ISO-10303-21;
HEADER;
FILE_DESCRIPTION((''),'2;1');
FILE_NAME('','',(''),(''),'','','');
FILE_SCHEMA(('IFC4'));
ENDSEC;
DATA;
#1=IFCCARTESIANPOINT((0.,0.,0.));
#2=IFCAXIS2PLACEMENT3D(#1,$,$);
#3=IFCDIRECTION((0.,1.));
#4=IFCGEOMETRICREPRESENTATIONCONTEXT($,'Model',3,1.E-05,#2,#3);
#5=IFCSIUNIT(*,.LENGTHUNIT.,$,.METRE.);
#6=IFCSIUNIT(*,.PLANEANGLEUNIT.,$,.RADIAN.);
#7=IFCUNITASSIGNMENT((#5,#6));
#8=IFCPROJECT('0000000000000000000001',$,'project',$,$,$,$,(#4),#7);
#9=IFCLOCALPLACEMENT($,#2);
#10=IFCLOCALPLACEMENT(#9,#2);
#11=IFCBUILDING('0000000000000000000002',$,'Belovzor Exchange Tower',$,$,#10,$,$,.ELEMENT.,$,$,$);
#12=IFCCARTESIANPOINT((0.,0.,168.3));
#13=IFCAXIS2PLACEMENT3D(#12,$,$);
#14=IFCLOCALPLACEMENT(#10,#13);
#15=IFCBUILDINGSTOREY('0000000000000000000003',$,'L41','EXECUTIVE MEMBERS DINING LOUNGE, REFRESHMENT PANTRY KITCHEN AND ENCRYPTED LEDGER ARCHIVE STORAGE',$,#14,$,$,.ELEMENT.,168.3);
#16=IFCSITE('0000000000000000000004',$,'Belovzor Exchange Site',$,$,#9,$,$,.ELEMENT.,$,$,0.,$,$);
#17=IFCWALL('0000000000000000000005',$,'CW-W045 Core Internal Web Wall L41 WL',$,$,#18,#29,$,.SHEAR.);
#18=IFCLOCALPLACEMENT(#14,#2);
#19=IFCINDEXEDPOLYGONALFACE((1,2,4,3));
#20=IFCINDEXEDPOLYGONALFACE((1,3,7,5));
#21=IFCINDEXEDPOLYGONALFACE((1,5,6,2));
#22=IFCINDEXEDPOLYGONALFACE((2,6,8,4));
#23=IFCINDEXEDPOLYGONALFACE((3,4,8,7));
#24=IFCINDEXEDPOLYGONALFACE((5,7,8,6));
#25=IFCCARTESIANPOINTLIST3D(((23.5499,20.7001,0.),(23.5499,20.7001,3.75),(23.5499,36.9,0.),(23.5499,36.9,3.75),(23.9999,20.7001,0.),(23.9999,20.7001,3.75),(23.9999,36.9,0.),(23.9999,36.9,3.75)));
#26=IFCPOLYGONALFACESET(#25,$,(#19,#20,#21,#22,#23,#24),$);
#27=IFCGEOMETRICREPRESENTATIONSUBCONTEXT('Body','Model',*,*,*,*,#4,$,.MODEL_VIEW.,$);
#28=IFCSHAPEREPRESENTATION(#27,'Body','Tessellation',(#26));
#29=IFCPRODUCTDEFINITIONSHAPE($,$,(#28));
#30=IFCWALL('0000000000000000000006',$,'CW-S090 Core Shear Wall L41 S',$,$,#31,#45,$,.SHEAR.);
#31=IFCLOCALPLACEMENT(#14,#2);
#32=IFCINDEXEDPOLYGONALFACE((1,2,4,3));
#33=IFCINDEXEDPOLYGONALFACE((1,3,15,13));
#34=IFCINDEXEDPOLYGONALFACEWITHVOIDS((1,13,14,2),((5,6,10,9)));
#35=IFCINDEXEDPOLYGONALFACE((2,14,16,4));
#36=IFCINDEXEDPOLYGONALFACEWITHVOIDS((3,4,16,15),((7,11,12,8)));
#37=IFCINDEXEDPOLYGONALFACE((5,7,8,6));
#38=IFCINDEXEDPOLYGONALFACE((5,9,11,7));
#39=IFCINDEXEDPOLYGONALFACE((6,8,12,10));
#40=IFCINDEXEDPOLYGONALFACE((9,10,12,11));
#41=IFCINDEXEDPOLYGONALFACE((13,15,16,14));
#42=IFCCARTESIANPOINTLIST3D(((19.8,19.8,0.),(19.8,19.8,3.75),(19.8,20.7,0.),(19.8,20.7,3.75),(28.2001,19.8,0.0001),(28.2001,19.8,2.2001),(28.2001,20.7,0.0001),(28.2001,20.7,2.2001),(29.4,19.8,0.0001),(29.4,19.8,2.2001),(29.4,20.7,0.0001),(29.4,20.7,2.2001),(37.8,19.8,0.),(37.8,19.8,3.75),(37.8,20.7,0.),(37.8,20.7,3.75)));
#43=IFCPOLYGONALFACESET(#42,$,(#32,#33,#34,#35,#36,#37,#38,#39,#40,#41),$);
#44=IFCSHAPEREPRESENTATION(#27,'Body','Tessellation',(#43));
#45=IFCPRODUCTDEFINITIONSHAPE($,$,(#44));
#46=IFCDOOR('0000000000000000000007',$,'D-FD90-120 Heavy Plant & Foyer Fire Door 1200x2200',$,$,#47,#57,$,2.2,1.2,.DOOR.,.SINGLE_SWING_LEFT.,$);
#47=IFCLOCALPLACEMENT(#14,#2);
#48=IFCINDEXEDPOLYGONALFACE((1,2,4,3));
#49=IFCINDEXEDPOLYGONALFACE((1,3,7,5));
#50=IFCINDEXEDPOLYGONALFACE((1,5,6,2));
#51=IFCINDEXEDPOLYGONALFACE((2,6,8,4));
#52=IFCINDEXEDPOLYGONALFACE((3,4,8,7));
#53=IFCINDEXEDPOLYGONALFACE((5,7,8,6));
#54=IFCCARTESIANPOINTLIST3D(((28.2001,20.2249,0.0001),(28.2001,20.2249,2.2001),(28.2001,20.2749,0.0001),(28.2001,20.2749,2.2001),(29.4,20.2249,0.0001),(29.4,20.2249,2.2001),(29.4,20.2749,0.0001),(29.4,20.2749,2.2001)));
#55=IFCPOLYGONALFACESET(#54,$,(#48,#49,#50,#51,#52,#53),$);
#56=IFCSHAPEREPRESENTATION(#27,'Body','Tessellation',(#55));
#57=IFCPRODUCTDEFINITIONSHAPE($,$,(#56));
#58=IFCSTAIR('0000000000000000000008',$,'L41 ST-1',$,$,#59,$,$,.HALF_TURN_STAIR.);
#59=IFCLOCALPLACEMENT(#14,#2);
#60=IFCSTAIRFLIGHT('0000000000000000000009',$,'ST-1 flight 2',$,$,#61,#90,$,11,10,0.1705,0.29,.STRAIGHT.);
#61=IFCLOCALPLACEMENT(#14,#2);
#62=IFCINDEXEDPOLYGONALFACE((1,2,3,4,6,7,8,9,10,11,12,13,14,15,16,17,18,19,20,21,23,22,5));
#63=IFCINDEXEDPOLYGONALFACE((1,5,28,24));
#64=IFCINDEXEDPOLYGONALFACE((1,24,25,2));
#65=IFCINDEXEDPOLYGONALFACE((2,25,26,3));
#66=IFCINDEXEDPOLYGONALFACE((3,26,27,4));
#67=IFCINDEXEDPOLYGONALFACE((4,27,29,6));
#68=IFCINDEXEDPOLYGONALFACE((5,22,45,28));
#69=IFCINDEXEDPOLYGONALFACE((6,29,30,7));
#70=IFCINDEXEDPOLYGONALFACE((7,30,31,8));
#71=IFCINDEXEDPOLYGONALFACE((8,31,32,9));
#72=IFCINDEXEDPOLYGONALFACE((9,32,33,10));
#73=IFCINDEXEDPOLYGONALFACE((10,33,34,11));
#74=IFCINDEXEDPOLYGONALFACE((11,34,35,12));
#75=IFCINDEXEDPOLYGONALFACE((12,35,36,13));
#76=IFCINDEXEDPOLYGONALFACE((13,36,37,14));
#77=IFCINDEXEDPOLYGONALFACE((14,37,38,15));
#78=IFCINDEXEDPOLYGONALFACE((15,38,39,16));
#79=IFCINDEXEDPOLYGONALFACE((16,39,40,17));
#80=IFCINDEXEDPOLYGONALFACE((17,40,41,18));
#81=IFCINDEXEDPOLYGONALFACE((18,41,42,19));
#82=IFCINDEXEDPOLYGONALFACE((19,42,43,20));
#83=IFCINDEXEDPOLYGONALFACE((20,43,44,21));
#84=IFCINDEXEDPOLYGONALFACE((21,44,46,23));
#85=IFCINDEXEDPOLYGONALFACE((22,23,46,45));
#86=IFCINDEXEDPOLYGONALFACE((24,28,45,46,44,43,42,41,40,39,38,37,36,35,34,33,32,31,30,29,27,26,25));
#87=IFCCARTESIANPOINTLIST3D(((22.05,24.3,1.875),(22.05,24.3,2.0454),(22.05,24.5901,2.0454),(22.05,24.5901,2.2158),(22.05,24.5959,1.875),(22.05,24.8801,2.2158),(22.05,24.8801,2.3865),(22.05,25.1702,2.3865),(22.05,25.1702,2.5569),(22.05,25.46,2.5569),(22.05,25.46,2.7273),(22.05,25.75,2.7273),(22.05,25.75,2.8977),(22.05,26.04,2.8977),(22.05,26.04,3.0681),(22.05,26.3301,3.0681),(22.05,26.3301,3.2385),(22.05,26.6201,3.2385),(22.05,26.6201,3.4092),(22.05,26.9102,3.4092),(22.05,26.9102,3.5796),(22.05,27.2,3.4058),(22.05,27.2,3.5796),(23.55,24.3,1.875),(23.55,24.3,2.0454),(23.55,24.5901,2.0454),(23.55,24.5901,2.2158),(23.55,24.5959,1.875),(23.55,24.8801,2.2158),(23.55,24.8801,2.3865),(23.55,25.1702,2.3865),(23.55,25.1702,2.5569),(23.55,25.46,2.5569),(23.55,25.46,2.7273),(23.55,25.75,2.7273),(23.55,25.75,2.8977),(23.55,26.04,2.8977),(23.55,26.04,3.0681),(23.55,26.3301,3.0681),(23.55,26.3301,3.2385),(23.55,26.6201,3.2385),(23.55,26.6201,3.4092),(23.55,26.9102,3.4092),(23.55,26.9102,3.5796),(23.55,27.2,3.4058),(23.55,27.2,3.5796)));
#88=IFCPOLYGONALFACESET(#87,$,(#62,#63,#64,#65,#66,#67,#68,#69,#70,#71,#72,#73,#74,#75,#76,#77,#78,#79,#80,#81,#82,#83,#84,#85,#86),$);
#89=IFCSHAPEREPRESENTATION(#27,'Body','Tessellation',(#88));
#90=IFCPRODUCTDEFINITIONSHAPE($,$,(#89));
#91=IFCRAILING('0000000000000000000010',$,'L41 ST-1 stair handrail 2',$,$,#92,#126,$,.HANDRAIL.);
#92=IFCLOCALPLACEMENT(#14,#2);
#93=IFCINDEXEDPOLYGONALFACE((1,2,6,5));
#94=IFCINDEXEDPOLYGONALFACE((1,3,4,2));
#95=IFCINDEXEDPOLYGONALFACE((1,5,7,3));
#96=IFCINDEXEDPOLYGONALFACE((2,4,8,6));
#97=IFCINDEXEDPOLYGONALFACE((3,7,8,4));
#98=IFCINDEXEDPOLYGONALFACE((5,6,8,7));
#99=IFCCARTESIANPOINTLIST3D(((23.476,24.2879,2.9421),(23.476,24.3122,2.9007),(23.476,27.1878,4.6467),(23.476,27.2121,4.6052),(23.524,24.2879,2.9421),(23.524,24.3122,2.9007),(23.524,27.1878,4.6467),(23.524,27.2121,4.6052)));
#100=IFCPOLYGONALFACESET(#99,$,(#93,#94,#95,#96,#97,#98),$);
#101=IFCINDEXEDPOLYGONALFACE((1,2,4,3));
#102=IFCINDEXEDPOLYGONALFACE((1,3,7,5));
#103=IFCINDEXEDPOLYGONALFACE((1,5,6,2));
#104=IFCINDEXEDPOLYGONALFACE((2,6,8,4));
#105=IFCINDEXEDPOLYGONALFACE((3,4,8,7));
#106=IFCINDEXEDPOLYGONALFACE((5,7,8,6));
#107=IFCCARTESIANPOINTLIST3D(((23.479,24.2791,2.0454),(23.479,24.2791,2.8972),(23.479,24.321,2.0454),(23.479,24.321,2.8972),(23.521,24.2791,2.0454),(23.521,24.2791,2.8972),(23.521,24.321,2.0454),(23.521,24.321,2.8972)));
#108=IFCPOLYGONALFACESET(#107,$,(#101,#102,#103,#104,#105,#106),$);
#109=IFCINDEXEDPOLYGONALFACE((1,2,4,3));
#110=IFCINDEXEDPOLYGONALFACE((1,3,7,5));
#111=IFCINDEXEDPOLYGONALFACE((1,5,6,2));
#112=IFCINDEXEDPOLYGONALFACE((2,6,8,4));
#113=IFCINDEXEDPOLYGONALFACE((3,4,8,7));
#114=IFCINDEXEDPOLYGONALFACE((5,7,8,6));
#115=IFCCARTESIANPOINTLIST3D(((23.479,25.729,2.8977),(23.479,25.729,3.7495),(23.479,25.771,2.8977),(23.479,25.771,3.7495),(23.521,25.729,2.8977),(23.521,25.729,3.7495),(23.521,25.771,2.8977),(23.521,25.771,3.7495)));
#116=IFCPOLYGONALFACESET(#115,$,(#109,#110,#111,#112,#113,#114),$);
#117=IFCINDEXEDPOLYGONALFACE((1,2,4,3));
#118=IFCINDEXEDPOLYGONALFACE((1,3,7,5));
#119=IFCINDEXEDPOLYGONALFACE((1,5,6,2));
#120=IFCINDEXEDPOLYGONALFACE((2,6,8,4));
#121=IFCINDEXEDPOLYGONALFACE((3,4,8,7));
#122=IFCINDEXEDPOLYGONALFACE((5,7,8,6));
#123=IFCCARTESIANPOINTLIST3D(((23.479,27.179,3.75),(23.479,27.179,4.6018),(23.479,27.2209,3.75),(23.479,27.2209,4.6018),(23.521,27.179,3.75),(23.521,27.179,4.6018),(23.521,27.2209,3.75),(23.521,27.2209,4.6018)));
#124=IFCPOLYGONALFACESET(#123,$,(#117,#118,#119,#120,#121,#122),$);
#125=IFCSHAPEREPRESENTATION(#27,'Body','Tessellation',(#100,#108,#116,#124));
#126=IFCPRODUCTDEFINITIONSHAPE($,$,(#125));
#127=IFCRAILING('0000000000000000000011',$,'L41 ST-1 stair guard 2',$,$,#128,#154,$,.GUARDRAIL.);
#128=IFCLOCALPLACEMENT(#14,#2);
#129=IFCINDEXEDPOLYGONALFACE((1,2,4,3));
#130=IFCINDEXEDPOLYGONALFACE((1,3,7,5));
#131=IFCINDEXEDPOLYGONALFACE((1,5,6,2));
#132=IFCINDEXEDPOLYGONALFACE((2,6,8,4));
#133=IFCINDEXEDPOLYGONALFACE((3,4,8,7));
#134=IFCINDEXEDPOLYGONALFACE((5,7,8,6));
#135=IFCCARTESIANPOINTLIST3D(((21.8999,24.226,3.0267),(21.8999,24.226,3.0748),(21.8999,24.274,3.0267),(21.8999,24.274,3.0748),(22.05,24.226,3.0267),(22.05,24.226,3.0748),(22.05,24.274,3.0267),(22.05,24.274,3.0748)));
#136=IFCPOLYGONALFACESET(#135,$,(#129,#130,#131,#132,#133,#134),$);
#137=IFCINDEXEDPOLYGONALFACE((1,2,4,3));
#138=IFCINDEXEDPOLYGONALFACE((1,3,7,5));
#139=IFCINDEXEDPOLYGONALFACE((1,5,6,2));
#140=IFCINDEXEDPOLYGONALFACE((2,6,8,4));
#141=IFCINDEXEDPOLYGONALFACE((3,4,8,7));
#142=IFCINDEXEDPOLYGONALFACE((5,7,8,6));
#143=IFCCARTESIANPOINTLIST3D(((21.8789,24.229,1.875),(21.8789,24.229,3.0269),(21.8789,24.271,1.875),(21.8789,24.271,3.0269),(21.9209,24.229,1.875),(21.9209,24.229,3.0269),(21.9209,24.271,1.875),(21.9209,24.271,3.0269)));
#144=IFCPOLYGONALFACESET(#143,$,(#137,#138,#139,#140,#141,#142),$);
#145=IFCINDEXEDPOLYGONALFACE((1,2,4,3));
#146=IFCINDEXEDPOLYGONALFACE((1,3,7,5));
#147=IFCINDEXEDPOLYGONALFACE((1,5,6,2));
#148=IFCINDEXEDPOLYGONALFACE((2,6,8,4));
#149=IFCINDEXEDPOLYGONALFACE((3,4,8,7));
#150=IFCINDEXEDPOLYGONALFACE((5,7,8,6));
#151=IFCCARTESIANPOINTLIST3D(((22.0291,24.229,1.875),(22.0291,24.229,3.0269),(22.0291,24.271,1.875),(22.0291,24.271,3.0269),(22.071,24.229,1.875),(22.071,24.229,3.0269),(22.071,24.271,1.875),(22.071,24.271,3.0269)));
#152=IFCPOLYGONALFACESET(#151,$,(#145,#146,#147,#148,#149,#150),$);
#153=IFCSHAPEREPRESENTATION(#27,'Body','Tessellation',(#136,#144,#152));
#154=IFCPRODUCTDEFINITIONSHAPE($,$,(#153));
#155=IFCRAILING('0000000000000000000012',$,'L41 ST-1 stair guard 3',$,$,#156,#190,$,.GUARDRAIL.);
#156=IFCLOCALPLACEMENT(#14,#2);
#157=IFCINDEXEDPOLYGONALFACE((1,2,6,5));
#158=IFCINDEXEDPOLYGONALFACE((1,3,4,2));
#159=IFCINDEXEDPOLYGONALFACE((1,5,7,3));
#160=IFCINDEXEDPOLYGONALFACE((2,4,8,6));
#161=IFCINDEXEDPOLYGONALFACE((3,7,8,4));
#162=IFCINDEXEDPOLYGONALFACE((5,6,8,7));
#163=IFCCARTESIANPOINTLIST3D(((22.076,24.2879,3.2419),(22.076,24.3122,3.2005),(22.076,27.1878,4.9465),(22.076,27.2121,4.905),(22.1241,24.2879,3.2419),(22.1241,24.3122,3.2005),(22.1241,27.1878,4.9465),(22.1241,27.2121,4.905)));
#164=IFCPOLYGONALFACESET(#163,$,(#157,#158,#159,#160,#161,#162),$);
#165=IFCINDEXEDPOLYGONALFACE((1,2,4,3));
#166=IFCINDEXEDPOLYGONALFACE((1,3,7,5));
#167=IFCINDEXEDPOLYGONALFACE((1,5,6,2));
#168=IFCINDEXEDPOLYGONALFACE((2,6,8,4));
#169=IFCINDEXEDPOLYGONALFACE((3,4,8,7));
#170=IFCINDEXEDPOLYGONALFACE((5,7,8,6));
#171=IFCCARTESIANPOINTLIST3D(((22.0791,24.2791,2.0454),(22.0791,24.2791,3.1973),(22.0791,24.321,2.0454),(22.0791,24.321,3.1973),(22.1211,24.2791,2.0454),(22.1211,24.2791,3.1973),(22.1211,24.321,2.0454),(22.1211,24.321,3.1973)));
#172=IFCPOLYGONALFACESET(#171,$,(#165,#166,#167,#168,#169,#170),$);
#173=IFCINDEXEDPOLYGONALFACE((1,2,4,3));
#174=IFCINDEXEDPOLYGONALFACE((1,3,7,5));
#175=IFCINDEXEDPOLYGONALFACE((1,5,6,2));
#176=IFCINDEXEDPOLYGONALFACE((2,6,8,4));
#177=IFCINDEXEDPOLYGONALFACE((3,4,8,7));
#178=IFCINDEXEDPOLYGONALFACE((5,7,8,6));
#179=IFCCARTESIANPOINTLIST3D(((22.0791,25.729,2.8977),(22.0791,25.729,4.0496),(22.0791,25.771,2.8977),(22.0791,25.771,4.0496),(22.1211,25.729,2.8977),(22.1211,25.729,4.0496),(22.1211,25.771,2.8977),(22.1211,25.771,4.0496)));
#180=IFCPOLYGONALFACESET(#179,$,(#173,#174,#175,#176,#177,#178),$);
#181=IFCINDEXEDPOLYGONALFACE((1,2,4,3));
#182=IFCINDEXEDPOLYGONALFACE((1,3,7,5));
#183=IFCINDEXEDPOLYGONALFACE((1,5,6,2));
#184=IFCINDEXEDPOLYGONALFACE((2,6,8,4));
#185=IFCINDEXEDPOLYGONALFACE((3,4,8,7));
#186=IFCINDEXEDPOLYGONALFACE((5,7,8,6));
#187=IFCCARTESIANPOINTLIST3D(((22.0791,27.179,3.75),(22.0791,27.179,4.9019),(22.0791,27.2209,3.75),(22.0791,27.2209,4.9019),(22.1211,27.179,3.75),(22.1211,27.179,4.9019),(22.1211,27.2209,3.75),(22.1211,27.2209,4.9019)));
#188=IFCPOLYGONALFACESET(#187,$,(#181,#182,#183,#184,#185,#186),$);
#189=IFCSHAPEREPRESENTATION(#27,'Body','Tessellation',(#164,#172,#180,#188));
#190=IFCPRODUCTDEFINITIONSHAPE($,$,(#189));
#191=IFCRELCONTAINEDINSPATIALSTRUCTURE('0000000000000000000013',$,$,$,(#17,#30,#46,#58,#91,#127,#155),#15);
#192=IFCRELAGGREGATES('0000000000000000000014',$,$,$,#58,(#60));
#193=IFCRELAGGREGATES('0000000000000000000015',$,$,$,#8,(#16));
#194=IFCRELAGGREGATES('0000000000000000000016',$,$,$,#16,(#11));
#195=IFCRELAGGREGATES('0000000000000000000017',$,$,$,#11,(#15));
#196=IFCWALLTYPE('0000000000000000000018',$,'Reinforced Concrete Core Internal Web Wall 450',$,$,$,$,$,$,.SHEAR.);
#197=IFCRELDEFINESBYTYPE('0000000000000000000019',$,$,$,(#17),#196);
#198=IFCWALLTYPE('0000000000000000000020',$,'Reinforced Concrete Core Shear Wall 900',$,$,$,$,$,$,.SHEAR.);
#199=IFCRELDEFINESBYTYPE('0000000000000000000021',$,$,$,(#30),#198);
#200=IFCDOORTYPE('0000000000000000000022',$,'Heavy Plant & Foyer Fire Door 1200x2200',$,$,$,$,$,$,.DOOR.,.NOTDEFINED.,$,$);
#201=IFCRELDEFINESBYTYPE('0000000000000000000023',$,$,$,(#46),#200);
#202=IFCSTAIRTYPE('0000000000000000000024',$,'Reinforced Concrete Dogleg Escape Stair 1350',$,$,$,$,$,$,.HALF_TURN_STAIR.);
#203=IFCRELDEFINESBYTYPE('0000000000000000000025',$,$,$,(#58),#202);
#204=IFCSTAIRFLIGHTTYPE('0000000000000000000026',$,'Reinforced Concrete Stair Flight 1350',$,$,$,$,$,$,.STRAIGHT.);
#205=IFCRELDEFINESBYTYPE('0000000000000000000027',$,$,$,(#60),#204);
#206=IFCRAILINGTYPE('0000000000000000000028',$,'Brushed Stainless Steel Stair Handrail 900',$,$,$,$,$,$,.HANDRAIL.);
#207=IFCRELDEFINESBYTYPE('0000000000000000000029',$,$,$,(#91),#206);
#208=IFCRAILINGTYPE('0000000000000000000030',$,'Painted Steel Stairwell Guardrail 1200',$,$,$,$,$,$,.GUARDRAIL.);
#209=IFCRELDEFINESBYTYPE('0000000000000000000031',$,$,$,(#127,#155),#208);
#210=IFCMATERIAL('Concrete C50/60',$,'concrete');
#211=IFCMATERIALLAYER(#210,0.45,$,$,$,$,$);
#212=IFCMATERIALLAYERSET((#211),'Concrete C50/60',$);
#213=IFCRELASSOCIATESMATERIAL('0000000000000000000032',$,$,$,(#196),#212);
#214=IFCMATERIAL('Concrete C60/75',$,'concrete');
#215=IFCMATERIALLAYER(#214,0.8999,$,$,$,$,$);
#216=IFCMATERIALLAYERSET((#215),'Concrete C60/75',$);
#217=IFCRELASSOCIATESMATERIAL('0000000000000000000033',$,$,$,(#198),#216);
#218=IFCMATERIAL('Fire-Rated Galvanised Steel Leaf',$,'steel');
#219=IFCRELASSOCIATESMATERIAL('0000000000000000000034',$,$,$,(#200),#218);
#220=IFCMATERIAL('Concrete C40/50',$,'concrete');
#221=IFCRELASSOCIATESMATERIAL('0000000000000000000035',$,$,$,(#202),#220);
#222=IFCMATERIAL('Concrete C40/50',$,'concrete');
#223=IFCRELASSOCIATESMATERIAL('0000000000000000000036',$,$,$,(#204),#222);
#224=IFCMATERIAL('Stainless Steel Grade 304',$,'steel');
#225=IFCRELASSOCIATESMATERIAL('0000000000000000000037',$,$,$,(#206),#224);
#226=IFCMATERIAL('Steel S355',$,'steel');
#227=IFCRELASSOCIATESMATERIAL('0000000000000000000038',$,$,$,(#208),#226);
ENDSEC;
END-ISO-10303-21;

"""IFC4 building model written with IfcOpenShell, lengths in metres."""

from ifc_helpers import new_model, si_unit, direction, frame, frame_2d, origin, origin_2d, place, context, subcontext, project, spatial, polyline, rectangle, outline, extrude, material, layer, layer_set, type_object, element, fill, aggregate, save


model = new_model("IFC4")

# Units and contexts
model_context = context("Model", 3, precision=1e-05, world=origin(), true_north=direction((0.0, 1.0)))
body_context = subcontext(model_context, "Body", "Model", "MODEL_VIEW")
ifc_project = project(units=[si_unit("LENGTHUNIT", "METRE"), si_unit("PLANEANGLEUNIT", "RADIAN")], contexts=[model_context])

# Site, building, storey
site_placement = place(None, origin())
site = spatial("IfcSite", under=ifc_project, at=site_placement, Name="Belovzor Exchange Site", CompositionType="ELEMENT", RefElevation=0.0)
building_placement = place(site_placement, origin())
building = spatial("IfcBuilding", under=site, at=building_placement, Name="Belovzor Exchange Tower", CompositionType="ELEMENT")
storey_placement = place(building_placement, frame((0.0, 0.0, 168.3)))
storey = spatial("IfcBuildingStorey", under=building, at=storey_placement, Name="L41", Description="EXECUTIVE MEMBERS DINING LOUNGE, REFRESHMENT PANTRY KITCHEN AND ENCRYPTED LEDGER ARCHIVE STORAGE", CompositionType="ELEMENT", Elevation=168.3)

# Wall
ifc_material_1 = material(Name="Concrete C50/60", Category="concrete")
ifc_layer_1 = layer(ifc_material_1, 0.45)
ifc_layer_set_1 = layer_set([ifc_layer_1], Name="Concrete C50/60")
wall_type_1 = type_object("IfcWallType", Name="Reinforced Concrete Core Internal Web Wall 450", PredefinedType="SHEAR", material=ifc_layer_set_1)
wall_1_placement = place(storey_placement, frame((23.7749, 20.7, 0.0), z_axis=(0.0, 0.0, 1.0), x_axis=(0.0, 1.0, 0.0)))
element("IfcWall", 1, at=wall_1_placement, inside=storey, type_object=wall_type_1, Name="CW-W045 Core Internal Web Wall L41 WL", PredefinedType="SHEAR", context=body_context, shape_type="SweptSolid", body=[
    extrude(rectangle(XDim=16.2, YDim=0.45, at=frame_2d((8.1001, 0.0))), origin(), (0.0, 0.0, 1.0), 3.75),
])

# Wall, opening, door
ifc_material_2 = material(Name="Concrete C60/75", Category="concrete")
ifc_layer_2 = layer(ifc_material_2, 0.8999)
ifc_layer_set_2 = layer_set([ifc_layer_2], Name="Concrete C60/75")
wall_type_2 = type_object("IfcWallType", Name="Reinforced Concrete Core Shear Wall 900", PredefinedType="SHEAR", material=ifc_layer_set_2)
wall_2_placement = place(storey_placement, frame((19.8, 20.25, 0.0), z_axis=(0.0, 0.0, 1.0), x_axis=(1.0, 0.0, 0.0)))
wall_2 = element("IfcWall", 2, at=wall_2_placement, inside=storey, type_object=wall_type_2, Name="CW-S090 Core Shear Wall L41 S", PredefinedType="SHEAR", context=body_context, shape_type="SweptSolid", body=[
    extrude(rectangle(XDim=18.0, YDim=0.8999, at=frame_2d((9.0, 0.0))), origin(), (0.0, 0.0, 1.0), 3.75),
])
opening_1_placement = place(wall_2_placement, frame((8.3999, 0.0, 0.0)))
opening_1 = element("IfcOpeningElement", 3, at=opening_1_placement, cuts=wall_2, PredefinedType="OPENING", context=body_context, shape_type="SweptSolid", body=[
    extrude(rectangle(XDim=1.2, YDim=2.2, at=frame_2d((0.6001, 1.1001))), frame((0.0, 0.46, 0.0), z_axis=(0.0, -1.0, 0.0), x_axis=(1.0, 0.0, 0.0)), (0.0, 0.0, 1.0), 0.9199),
])
ifc_material_3 = material(Name="Fire-Rated Galvanised Steel Leaf", Category="steel")
door_type_1 = type_object("IfcDoorType", Name="Heavy Plant & Foyer Fire Door 1200x2200", OperationType="NOTDEFINED", PredefinedType="DOOR", material=ifc_material_3)
door_1_placement = place(opening_1_placement, origin())
door_1 = element("IfcDoor", 4, at=door_1_placement, inside=storey, type_object=door_type_1, Name="D-FD90-120 Heavy Plant & Foyer Fire Door 1200x2200", OperationType="SINGLE_SWING_LEFT", OverallHeight=2.2, OverallWidth=1.2, PredefinedType="DOOR", context=body_context, shape_type="SweptSolid", body=[
    extrude(rectangle(XDim=1.2, YDim=2.2, at=frame_2d((0.6001, 1.1001))), frame((0.0, 0.0249, 0.0), z_axis=(0.0, -1.0, 0.0), x_axis=(1.0, 0.0, 0.0)), (0.0, 0.0, 1.0), 0.05),
])
fill(opening_1, door_1)

# Stair, stair flight
ifc_material_4 = material(Name="Concrete C40/50", Category="concrete")
stair_type = type_object("IfcStairType", Name="Reinforced Concrete Dogleg Escape Stair 1350", PredefinedType="HALF_TURN_STAIR", material=ifc_material_4)
stair_placement = place(storey_placement, origin())
stair = element("IfcStair", 5, at=stair_placement, inside=storey, type_object=stair_type, Name="L41 ST-1", PredefinedType="HALF_TURN_STAIR")
ifc_material_5 = material(Name="Concrete C40/50", Category="concrete")
stair_flight_type = type_object("IfcStairFlightType", Name="Reinforced Concrete Stair Flight 1350", PredefinedType="STRAIGHT", material=ifc_material_5)
stair_flight_placement = place(storey_placement, frame((22.8, 24.3, 1.875), z_axis=(0.0, 0.0, 1.0), x_axis=(0.0, 1.0, 0.0)))
stair_flight = element("IfcStairFlight", 6, at=stair_flight_placement, type_object=stair_flight_type, Name="ST-1 flight 2", NumberOfRisers=11, NumberOfTreads=10, PredefinedType="STRAIGHT", RiserHeight=0.1705, TreadLength=0.29, context=body_context, shape_type="SweptSolid", body=[
    extrude(outline(polyline([(0.0, 0.0), (0.0, 0.1704), (0.29, 0.1704), (0.29, 0.3408), (0.5801, 0.3408), (0.5801, 0.5115), (0.8701, 0.5115), (0.8701, 0.6819), (1.1599, 0.6819), (1.1599, 0.8523), (1.45, 0.8523), (1.45, 1.0227), (1.74, 1.0227), (1.74, 1.1931), (2.03, 1.1931), (2.03, 1.3635), (2.3201, 1.3635), (2.3201, 1.5342), (2.6101, 1.5342), (2.6101, 1.7046), (2.8999, 1.7046), (2.8999, 1.875), (2.8999, 1.5308), (0.2959, 0.0), (0.0, 0.0)])), frame((0.0, 0.75, 0.0), z_axis=(0.0, -1.0, 0.0), x_axis=(1.0, 0.0, 0.0)), (0.0, 0.0, 1.0), 1.5),
])
aggregate(stair, [stair_flight])

# Railings
ifc_material_6 = material(Name="Stainless Steel Grade 304", Category="steel")
railing_type_1 = type_object("IfcRailingType", Name="Brushed Stainless Steel Stair Handrail 900", PredefinedType="HANDRAIL", material=ifc_material_6)
railing_1_placement = place(storey_placement, frame((23.5, 24.3, 2.0454)))
element("IfcRailing", 7, at=railing_1_placement, inside=storey, type_object=railing_type_1, Name="L41 ST-1 stair handrail 2", PredefinedType="HANDRAIL", context=body_context, shape_type="SweptSolid", body=[
    extrude(rectangle(XDim=0.0481, YDim=0.0481, at=origin_2d()), frame((0.0, 0.0, 0.876), z_axis=(0.0, 0.862095, 0.506747), x_axis=(-1.0, 0.0, 0.0)), (0.0, 0.0, 1.0), 3.3638),
    extrude(rectangle(XDim=0.042, YDim=0.042, at=origin_2d()), origin(), (0.0, 0.0, 1.0), 0.8518),
    extrude(rectangle(XDim=0.042, YDim=0.042, at=origin_2d()), frame((0.0, 1.45, 0.8523)), (0.0, 0.0, 1.0), 0.8518),
    extrude(rectangle(XDim=0.042, YDim=0.042, at=origin_2d()), frame((0.0, 2.8999, 1.7046)), (0.0, 0.0, 1.0), 0.8518),
])
ifc_material_7 = material(Name="Steel S355", Category="steel")
railing_type_2 = type_object("IfcRailingType", Name="Painted Steel Stairwell Guardrail 1200", PredefinedType="GUARDRAIL", material=ifc_material_7)
railing_2_placement = place(storey_placement, frame((21.8999, 24.25, 1.875)))
element("IfcRailing", 8, at=railing_2_placement, inside=storey, type_object=railing_type_2, Name="L41 ST-1 stair guard 2", PredefinedType="GUARDRAIL", context=body_context, shape_type="SweptSolid", body=[
    extrude(rectangle(XDim=0.0481, YDim=0.0481, at=origin_2d()), frame((0.0, 0.0, 1.1758), z_axis=(1.0, 0.0, 0.0), x_axis=(0.0, 1.0, 0.0)), (0.0, 0.0, 1.0), 0.1501),
    extrude(rectangle(XDim=0.042, YDim=0.042, at=origin_2d()), origin(), (0.0, 0.0, 1.0), 1.1519),
    extrude(rectangle(XDim=0.042, YDim=0.042, at=origin_2d()), frame((0.1501, 0.0, 0.0)), (0.0, 0.0, 1.0), 1.1519),
])
railing_3_placement = place(storey_placement, frame((22.1001, 24.3, 2.0454)))
element("IfcRailing", 9, at=railing_3_placement, inside=storey, type_object=railing_type_2, Name="L41 ST-1 stair guard 3", PredefinedType="GUARDRAIL", context=body_context, shape_type="SweptSolid", body=[
    extrude(rectangle(XDim=0.0481, YDim=0.0481, at=origin_2d()), frame((0.0, 0.0, 1.1758), z_axis=(0.0, 0.862095, 0.506747), x_axis=(-1.0, 0.0, 0.0)), (0.0, 0.0, 1.0), 3.3638),
    extrude(rectangle(XDim=0.042, YDim=0.042, at=origin_2d()), origin(), (0.0, 0.0, 1.0), 1.1519),
    extrude(rectangle(XDim=0.042, YDim=0.042, at=origin_2d()), frame((0.0, 1.45, 0.8523)), (0.0, 0.0, 1.0), 1.1519),
    extrude(rectangle(XDim=0.042, YDim=0.042, at=origin_2d()), frame((0.0, 2.8999, 1.7046)), (0.0, 0.0, 1.0), 1.1519),
])

save(model, "model.ifc")
